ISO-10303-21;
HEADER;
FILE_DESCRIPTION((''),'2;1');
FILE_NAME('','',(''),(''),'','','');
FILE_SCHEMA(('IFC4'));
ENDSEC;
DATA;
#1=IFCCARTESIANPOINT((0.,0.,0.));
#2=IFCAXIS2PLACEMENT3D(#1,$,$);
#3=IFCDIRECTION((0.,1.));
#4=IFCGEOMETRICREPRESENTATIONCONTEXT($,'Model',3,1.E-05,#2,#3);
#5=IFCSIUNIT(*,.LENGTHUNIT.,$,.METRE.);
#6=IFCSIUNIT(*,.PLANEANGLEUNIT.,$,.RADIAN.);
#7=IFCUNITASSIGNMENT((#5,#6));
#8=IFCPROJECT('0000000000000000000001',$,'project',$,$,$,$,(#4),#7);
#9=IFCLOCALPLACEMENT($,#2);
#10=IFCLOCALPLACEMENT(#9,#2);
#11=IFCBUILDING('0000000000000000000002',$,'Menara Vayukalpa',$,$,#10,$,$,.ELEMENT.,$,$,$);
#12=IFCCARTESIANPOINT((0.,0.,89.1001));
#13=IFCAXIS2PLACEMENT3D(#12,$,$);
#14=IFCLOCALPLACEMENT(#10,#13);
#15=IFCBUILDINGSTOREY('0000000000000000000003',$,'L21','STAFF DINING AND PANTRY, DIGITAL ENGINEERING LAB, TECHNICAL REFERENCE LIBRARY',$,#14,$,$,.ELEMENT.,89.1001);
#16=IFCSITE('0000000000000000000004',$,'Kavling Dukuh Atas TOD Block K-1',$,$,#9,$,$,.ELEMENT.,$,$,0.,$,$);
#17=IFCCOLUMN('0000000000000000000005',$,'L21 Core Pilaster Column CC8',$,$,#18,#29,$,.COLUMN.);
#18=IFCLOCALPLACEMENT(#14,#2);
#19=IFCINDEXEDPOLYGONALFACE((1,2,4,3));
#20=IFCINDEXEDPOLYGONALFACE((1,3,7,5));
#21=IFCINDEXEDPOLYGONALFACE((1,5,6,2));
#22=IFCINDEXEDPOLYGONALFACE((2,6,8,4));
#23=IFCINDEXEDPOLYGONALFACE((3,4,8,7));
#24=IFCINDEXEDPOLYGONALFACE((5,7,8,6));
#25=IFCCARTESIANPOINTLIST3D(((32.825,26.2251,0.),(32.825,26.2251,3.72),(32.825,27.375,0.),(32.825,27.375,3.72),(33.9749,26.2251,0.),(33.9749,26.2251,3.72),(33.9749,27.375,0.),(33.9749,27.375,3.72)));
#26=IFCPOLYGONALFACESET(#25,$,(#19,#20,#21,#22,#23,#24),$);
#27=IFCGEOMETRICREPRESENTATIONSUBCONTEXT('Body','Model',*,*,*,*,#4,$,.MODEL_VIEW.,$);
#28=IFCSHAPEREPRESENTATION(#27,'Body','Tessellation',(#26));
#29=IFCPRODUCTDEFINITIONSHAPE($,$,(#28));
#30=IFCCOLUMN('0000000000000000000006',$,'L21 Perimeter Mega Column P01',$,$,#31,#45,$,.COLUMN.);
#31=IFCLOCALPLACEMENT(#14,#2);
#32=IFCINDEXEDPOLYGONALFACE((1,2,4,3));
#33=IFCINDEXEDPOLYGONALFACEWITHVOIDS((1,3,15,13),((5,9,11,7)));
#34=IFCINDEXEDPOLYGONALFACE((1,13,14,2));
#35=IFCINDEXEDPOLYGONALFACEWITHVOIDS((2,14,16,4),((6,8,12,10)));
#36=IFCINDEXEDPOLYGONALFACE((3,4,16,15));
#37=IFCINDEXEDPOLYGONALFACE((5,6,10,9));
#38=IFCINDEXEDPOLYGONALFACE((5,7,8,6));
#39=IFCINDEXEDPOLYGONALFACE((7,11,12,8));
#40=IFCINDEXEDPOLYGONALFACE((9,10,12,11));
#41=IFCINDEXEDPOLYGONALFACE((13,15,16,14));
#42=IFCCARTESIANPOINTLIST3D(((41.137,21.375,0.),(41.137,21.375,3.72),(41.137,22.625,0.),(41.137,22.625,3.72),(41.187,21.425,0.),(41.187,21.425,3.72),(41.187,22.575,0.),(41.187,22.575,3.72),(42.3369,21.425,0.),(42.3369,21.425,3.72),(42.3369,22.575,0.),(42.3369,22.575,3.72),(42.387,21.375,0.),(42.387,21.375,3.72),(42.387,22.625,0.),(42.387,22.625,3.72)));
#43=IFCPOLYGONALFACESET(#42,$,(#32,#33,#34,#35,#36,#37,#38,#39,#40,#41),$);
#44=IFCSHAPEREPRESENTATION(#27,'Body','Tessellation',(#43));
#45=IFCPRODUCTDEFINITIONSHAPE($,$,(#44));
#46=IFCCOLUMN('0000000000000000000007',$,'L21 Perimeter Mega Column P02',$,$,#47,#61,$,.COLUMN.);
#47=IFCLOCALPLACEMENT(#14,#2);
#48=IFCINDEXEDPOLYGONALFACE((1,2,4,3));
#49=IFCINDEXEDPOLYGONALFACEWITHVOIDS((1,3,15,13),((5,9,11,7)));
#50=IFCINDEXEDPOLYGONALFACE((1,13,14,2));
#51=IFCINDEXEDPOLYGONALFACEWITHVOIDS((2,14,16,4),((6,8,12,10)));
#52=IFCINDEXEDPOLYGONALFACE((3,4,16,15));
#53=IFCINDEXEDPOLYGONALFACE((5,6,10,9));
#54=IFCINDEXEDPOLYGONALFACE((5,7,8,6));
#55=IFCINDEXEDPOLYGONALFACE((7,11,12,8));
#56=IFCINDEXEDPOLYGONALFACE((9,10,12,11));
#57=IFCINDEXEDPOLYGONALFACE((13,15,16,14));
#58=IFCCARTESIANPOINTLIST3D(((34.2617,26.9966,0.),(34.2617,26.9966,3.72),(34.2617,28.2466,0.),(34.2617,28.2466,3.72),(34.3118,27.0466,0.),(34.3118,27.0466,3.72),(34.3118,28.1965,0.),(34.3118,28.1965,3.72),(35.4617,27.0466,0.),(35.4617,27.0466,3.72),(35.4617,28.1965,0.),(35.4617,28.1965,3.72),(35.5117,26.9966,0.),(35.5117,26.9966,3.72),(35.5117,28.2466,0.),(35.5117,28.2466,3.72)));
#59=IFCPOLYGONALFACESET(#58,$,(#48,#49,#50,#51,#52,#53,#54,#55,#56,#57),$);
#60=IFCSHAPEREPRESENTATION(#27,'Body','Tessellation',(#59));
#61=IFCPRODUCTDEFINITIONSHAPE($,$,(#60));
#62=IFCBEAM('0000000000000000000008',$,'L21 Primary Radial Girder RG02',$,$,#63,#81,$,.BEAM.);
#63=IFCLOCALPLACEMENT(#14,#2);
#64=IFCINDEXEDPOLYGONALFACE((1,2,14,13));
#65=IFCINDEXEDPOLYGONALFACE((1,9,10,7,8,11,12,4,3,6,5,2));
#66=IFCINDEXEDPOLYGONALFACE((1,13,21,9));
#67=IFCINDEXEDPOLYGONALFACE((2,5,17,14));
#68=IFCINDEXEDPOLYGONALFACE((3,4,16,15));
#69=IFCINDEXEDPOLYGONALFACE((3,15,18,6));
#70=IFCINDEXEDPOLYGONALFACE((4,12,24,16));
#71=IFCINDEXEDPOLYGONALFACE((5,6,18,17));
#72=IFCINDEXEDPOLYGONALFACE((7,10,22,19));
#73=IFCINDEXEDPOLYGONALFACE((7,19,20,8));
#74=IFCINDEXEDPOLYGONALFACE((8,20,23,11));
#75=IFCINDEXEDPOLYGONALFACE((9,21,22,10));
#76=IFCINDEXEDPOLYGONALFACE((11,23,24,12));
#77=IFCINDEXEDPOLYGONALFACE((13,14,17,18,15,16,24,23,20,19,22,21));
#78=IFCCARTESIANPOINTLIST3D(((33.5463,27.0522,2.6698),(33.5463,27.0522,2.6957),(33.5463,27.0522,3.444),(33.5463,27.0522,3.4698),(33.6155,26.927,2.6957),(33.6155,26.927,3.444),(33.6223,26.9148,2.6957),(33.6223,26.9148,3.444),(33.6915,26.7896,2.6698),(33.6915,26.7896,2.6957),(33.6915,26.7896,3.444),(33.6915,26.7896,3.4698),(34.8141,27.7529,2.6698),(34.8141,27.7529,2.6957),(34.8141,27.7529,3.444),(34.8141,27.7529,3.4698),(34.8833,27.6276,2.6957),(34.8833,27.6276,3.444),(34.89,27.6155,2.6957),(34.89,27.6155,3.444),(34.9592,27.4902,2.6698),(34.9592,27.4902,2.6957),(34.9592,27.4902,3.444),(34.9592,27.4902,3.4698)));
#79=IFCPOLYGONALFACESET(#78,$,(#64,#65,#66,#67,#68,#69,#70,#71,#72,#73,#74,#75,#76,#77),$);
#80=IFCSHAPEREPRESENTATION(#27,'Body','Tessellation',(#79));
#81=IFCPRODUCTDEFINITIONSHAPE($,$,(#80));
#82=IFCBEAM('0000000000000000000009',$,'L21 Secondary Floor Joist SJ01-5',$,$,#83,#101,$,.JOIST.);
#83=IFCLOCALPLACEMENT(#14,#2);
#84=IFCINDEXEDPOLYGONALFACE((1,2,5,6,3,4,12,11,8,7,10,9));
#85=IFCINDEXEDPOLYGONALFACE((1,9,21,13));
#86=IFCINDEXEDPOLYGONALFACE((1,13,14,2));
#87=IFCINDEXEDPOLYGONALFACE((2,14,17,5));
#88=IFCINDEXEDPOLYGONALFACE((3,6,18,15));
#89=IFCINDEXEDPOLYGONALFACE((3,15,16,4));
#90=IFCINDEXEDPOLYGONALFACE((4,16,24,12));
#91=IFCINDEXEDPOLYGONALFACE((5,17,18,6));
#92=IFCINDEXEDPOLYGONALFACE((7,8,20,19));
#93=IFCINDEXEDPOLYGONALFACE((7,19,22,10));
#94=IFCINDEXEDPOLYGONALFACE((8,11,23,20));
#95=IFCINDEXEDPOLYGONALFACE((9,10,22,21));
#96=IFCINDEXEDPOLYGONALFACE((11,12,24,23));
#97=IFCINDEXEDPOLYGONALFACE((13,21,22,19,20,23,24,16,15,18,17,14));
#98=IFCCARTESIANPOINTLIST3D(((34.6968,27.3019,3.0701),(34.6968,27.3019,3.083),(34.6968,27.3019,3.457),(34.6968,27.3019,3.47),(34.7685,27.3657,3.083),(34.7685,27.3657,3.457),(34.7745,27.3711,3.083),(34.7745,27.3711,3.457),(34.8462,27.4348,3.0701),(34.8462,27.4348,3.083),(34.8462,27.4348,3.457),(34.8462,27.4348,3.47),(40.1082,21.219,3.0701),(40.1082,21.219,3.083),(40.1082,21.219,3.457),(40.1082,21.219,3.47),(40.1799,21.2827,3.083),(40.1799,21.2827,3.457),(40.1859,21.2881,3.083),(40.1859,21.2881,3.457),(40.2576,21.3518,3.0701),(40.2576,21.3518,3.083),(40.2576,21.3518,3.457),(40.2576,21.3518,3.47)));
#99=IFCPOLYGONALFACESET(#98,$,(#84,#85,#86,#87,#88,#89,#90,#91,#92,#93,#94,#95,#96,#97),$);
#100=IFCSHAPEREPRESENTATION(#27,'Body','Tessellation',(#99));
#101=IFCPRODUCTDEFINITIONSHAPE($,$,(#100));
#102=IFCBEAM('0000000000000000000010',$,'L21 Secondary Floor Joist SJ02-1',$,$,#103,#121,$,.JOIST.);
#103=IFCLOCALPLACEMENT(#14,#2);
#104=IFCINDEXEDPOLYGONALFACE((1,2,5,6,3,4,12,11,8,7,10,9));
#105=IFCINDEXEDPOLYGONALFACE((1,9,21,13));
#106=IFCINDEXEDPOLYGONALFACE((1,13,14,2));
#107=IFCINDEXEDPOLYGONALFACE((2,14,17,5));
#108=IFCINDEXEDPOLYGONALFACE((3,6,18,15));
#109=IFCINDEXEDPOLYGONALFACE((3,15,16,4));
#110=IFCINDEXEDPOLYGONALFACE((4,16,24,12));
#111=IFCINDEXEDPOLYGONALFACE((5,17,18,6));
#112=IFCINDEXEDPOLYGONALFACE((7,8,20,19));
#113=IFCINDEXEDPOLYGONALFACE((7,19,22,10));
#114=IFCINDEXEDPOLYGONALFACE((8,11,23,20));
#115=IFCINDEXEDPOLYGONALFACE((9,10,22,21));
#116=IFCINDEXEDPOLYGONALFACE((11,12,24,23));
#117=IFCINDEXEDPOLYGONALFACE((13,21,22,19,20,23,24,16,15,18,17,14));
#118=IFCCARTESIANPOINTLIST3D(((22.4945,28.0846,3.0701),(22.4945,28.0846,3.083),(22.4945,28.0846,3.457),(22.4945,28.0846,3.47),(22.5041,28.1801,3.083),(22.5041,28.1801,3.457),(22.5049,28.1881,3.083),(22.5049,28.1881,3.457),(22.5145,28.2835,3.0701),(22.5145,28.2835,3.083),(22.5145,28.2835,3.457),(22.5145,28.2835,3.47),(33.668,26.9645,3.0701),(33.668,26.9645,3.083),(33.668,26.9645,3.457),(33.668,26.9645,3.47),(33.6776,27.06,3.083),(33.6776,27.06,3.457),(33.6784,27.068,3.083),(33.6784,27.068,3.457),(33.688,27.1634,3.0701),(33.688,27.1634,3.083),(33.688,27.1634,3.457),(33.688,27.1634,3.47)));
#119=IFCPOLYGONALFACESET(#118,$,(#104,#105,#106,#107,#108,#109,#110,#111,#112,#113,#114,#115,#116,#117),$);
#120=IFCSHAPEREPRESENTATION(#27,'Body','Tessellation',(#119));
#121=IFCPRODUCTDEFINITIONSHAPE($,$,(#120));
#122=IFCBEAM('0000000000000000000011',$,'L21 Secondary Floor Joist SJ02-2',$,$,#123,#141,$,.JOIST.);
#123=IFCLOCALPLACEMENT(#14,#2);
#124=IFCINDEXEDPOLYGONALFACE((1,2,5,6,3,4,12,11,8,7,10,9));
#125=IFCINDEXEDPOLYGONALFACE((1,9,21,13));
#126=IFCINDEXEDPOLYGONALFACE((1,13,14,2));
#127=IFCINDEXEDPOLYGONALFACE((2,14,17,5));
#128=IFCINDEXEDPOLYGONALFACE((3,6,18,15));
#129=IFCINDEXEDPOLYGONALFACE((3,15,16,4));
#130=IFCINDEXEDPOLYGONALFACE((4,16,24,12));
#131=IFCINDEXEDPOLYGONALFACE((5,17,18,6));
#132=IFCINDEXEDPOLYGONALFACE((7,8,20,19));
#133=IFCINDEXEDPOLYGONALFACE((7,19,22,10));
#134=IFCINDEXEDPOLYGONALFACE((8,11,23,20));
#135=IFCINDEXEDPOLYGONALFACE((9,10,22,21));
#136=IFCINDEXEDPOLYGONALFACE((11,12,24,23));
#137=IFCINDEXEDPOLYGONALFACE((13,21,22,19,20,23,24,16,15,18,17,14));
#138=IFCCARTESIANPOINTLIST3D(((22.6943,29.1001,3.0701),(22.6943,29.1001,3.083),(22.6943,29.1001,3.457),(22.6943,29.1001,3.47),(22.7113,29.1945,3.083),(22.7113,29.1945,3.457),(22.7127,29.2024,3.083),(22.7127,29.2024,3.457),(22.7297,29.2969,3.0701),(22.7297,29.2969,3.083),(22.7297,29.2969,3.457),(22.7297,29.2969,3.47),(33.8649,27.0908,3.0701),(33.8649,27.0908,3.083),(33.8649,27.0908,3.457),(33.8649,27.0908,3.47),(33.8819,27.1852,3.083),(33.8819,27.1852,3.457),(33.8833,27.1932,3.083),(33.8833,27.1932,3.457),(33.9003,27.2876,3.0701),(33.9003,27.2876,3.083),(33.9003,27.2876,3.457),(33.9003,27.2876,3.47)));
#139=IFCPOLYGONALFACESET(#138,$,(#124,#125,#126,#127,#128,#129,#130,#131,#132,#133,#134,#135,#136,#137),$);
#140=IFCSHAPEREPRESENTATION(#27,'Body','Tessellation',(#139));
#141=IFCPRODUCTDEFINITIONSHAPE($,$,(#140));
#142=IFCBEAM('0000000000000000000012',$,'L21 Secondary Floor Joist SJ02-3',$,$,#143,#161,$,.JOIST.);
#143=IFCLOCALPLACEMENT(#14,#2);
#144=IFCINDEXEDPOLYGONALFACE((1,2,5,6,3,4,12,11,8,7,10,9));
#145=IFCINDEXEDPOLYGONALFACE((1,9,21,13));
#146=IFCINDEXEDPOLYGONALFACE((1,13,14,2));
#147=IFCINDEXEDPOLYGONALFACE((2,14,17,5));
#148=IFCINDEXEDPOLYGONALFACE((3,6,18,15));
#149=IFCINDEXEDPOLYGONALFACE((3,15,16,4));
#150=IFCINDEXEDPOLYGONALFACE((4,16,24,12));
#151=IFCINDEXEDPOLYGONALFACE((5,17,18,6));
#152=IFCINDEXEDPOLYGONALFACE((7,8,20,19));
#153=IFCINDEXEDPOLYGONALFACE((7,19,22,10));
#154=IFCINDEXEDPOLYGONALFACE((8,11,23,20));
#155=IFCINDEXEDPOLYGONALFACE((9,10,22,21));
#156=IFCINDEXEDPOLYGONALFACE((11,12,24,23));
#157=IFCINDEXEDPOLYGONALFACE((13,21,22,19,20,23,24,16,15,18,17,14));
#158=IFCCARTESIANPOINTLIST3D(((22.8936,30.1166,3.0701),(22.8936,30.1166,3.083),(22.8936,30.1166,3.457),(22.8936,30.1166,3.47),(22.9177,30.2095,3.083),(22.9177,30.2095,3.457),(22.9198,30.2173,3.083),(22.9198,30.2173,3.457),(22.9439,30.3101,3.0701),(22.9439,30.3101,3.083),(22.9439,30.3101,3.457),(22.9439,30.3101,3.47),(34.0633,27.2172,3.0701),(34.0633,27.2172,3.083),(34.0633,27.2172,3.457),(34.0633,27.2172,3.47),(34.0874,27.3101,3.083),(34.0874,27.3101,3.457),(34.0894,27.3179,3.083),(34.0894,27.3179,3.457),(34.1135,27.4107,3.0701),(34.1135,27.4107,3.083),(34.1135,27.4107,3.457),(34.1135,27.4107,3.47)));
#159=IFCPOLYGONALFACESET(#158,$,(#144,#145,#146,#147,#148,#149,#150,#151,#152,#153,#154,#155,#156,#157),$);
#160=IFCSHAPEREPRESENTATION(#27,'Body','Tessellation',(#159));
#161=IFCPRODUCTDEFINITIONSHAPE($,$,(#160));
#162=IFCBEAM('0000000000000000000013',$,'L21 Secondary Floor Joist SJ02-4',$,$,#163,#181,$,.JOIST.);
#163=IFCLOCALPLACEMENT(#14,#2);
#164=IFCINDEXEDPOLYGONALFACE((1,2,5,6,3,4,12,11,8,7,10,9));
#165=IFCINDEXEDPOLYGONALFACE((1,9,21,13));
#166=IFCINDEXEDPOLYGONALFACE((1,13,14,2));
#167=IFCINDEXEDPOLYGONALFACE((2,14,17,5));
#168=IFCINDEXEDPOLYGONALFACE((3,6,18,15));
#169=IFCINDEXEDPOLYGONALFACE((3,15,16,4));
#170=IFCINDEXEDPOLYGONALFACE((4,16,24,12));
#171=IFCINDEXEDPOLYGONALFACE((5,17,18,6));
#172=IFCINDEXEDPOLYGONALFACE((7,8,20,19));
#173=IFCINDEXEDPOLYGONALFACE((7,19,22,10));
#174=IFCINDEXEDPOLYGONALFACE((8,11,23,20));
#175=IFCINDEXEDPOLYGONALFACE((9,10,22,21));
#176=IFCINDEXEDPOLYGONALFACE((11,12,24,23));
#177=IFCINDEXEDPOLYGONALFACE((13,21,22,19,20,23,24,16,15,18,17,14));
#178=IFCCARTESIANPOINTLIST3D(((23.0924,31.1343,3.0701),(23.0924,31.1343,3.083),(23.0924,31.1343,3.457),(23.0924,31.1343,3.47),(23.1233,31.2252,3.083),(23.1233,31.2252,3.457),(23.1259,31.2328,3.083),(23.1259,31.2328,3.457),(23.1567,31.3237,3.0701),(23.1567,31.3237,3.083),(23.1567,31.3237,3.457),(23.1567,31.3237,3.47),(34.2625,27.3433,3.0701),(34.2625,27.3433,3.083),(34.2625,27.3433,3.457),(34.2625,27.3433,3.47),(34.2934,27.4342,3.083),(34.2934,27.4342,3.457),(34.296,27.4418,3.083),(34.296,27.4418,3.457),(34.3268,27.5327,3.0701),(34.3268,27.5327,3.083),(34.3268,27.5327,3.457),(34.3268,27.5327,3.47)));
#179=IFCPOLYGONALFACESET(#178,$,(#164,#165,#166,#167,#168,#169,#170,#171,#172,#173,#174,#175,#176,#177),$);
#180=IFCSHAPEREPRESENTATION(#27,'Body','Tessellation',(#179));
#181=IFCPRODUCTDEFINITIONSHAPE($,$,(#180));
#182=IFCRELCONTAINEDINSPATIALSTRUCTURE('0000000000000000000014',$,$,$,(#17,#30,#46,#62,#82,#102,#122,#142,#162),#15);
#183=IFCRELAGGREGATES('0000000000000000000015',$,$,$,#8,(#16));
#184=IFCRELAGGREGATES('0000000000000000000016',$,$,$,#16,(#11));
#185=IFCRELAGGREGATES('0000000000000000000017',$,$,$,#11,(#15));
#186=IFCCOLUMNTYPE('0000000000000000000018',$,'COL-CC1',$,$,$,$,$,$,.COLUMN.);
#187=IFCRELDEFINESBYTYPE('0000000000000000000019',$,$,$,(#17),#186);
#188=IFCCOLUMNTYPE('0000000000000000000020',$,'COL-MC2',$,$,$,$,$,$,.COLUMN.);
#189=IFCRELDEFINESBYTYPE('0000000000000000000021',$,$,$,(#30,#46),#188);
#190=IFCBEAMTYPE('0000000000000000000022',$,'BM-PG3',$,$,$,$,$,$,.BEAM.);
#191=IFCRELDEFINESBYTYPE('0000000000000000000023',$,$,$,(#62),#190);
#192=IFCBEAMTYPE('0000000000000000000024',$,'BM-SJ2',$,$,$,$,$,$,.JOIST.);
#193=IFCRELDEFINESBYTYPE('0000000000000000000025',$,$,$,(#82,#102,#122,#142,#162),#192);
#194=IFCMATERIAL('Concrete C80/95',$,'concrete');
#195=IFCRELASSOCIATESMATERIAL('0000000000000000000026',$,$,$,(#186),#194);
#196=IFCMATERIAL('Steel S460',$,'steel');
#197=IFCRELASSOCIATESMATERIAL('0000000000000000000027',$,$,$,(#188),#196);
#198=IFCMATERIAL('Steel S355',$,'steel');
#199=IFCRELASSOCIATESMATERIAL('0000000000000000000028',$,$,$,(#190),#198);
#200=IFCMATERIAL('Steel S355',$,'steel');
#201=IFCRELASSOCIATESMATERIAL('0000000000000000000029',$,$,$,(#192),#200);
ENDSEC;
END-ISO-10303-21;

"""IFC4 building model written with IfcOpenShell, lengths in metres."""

from ifc_helpers import new_model, si_unit, direction, frame, origin, origin_2d, place, context, subcontext, project, spatial, rectangle, hollow_rectangle, i_section, extrude, material, material_profile, profile_set, type_object, element, save


model = new_model("IFC4")

# Units and contexts
model_context = context("Model", 3, precision=1e-05, world=origin(), true_north=direction((0.0, 1.0)))
body_context = subcontext(model_context, "Body", "Model", "MODEL_VIEW")
ifc_project = project(units=[si_unit("LENGTHUNIT", "METRE"), si_unit("PLANEANGLEUNIT", "RADIAN")], contexts=[model_context])

# Site, building, storey
site_placement = place(None, origin())
site = spatial("IfcSite", under=ifc_project, at=site_placement, Name="Kavling Dukuh Atas TOD Block K-1", CompositionType="ELEMENT", RefElevation=0.0)
building_placement = place(site_placement, origin())
building = spatial("IfcBuilding", under=site, at=building_placement, Name="Menara Vayukalpa", CompositionType="ELEMENT")
storey_placement = place(building_placement, frame((0.0, 0.0, 89.1001)))
storey = spatial("IfcBuildingStorey", under=building, at=storey_placement, Name="L21", Description="STAFF DINING AND PANTRY, DIGITAL ENGINEERING LAB, TECHNICAL REFERENCE LIBRARY", CompositionType="ELEMENT", Elevation=89.1001)

# Columns
ifc_material_1 = material(Name="Concrete C80/95", Category="concrete")
ifc_material_profile_1 = material_profile(ifc_material_1, rectangle(XDim=1.1499, YDim=1.1499, at=origin_2d()), Name="RC 1150x1150")
ifc_profile_set_1 = profile_set([ifc_material_profile_1], Name="Concrete C80/95")
column_type_1 = type_object("IfcColumnType", Name="COL-CC1", PredefinedType="COLUMN", material=ifc_profile_set_1)
column_placement = place(storey_placement, frame((33.3999, 26.8, 0.0), z_axis=(0.0, 0.0, 1.0), x_axis=(1.0, 0.0, 0.0)))
element("IfcColumn", 1, at=column_placement, inside=storey, type_object=column_type_1, Name="L21 Core Pilaster Column CC8", PredefinedType="COLUMN", context=body_context, shape_type="SweptSolid", body=[
    extrude(rectangle(XDim=1.1499, YDim=1.1499, at=origin_2d()), origin(), (0.0, 0.0, 1.0), 3.72),
])
ifc_material_2 = material(Name="Steel S460", Category="steel")
ifc_material_profile_2 = material_profile(ifc_material_2, hollow_rectangle(XDim=1.25, YDim=1.25, WallThickness=0.05, at=origin_2d()), Name="BOX 1250x1250x50")
ifc_profile_set_2 = profile_set([ifc_material_profile_2], Name="Steel S460")
column_type_2 = type_object("IfcColumnType", Name="COL-MC2", PredefinedType="COLUMN", material=ifc_profile_set_2)
for number, where, z_axis, x_axis, name in (
    (2, (41.762, 22.0, 0.0), (0.0, 0.0, 1.0), (1.0, 0.0, 0.0), "L21 Perimeter Mega Column P01"),
    (3, (34.8867, 27.6216, 0.0), (0.0, 0.0, 1.0), (1.0, 0.0, 0.0), "L21 Perimeter Mega Column P02"),
):
    element("IfcColumn", number, at=place(storey_placement, frame(where, z_axis=z_axis, x_axis=x_axis)), inside=storey, type_object=column_type_2, Name=name, PredefinedType="COLUMN", context=body_context, shape_type="SweptSolid", body=[
        extrude(hollow_rectangle(XDim=1.25, YDim=1.25, WallThickness=0.05, at=origin_2d()), origin(), (0.0, 0.0, 1.0), 3.72),
    ])

# Beams
ifc_material_3 = material(Name="Steel S355", Category="steel")
ifc_material_profile_3 = material_profile(ifc_material_3, i_section(OverallWidth=0.3, OverallDepth=0.8, WebThickness=0.0139, FlangeThickness=0.0259, at=origin_2d()), Name="WF 800x300x14x26")
ifc_profile_set_3 = profile_set([ifc_material_profile_3], Name="Steel S355")
beam_type_1 = type_object("IfcBeamType", Name="BM-PG3", PredefinedType="BEAM", material=ifc_profile_set_3)
beam_1_placement = place(storey_placement, frame((33.6189, 26.9209, 3.0698), z_axis=(0.875228, 0.48371, 0.0), x_axis=(-0.48371, 0.875228, 0.0)))
element("IfcBeam", 4, at=beam_1_placement, inside=storey, type_object=beam_type_1, Name="L21 Primary Radial Girder RG02", PredefinedType="BEAM", context=body_context, shape_type="SweptSolid", body=[
    extrude(i_section(OverallWidth=0.3, OverallDepth=0.8, WebThickness=0.0139, FlangeThickness=0.0259, at=origin_2d()), origin(), (0.0, 0.0, 1.0), 1.4485),
])
ifc_material_4 = material(Name="Steel S355", Category="steel")
ifc_material_profile_4 = material_profile(ifc_material_4, i_section(OverallWidth=0.2, OverallDepth=0.3999, WebThickness=0.0081, FlangeThickness=0.0129, at=origin_2d()), Name="WF 400x200x8x13")
ifc_profile_set_4 = profile_set([ifc_material_profile_4], Name="Steel S355")
beam_type_2 = type_object("IfcBeamType", Name="BM-SJ2", PredefinedType="JOIST", material=ifc_profile_set_4)
beam_2_placement = place(storey_placement, frame((40.1829, 21.2854, 3.27), z_axis=(-0.664656, 0.74715, 0.0), x_axis=(-0.74715, -0.664656, 0.0)))
element("IfcBeam", 5, at=beam_2_placement, inside=storey, type_object=beam_type_2, Name="L21 Secondary Floor Joist SJ01-5", PredefinedType="JOIST", context=body_context, shape_type="SweptSolid", body=[
    extrude(i_section(OverallWidth=0.2, OverallDepth=0.3999, WebThickness=0.0081, FlangeThickness=0.0129, at=origin_2d()), origin(), (0.0, 0.0, 1.0), 8.1416),
])
beam_3_placement = place(storey_placement, frame((33.678, 27.064, 3.27), z_axis=(-0.995013, 0.099747, 0.0), x_axis=(-0.099747, -0.995013, 0.0)))
element("IfcBeam", 6, at=beam_3_placement, inside=storey, type_object=beam_type_2, Name="L21 Secondary Floor Joist SJ02-1", PredefinedType="JOIST", context=body_context, shape_type="SweptSolid", body=[
    extrude(i_section(OverallWidth=0.2, OverallDepth=0.3999, WebThickness=0.0081, FlangeThickness=0.0129, at=origin_2d()), origin(), (0.0, 0.0, 1.0), 11.2295),
])
beam_4_placement = place(storey_placement, frame((33.8826, 27.1892, 3.27), z_axis=(-0.984205, 0.17703, 0.0), x_axis=(-0.17703, -0.984205, 0.0)))
element("IfcBeam", 7, at=beam_4_placement, inside=storey, type_object=beam_type_2, Name="L21 Secondary Floor Joist SJ02-2", PredefinedType="JOIST", context=body_context, shape_type="SweptSolid", body=[
    extrude(i_section(OverallWidth=0.2, OverallDepth=0.3999, WebThickness=0.0081, FlangeThickness=0.0129, at=origin_2d()), origin(), (0.0, 0.0, 1.0), 11.3499),
])
beam_5_placement = place(storey_placement, frame((34.0884, 27.314, 3.27), z_axis=(-0.967922, 0.251252, 0.0), x_axis=(-0.251252, -0.967922, 0.0)))
element("IfcBeam", 8, at=beam_5_placement, inside=storey, type_object=beam_type_2, Name="L21 Secondary Floor Joist SJ02-3", PredefinedType="JOIST", context=body_context, shape_type="SweptSolid", body=[
    extrude(i_section(OverallWidth=0.2, OverallDepth=0.3999, WebThickness=0.0081, FlangeThickness=0.0129, at=origin_2d()), origin(), (0.0, 0.0, 1.0), 11.5398),
])
beam_6_placement = place(storey_placement, frame((34.2947, 27.438, 3.27), z_axis=(-0.946949, 0.321383, 0.0), x_axis=(-0.321383, -0.946949, 0.0)))
element("IfcBeam", 9, at=beam_6_placement, inside=storey, type_object=beam_type_2, Name="L21 Secondary Floor Joist SJ02-4", PredefinedType="JOIST", context=body_context, shape_type="SweptSolid", body=[
    extrude(i_section(OverallWidth=0.2, OverallDepth=0.3999, WebThickness=0.0081, FlangeThickness=0.0129, at=origin_2d()), origin(), (0.0, 0.0, 1.0), 11.7959),
])

save(model, "model.ifc")
